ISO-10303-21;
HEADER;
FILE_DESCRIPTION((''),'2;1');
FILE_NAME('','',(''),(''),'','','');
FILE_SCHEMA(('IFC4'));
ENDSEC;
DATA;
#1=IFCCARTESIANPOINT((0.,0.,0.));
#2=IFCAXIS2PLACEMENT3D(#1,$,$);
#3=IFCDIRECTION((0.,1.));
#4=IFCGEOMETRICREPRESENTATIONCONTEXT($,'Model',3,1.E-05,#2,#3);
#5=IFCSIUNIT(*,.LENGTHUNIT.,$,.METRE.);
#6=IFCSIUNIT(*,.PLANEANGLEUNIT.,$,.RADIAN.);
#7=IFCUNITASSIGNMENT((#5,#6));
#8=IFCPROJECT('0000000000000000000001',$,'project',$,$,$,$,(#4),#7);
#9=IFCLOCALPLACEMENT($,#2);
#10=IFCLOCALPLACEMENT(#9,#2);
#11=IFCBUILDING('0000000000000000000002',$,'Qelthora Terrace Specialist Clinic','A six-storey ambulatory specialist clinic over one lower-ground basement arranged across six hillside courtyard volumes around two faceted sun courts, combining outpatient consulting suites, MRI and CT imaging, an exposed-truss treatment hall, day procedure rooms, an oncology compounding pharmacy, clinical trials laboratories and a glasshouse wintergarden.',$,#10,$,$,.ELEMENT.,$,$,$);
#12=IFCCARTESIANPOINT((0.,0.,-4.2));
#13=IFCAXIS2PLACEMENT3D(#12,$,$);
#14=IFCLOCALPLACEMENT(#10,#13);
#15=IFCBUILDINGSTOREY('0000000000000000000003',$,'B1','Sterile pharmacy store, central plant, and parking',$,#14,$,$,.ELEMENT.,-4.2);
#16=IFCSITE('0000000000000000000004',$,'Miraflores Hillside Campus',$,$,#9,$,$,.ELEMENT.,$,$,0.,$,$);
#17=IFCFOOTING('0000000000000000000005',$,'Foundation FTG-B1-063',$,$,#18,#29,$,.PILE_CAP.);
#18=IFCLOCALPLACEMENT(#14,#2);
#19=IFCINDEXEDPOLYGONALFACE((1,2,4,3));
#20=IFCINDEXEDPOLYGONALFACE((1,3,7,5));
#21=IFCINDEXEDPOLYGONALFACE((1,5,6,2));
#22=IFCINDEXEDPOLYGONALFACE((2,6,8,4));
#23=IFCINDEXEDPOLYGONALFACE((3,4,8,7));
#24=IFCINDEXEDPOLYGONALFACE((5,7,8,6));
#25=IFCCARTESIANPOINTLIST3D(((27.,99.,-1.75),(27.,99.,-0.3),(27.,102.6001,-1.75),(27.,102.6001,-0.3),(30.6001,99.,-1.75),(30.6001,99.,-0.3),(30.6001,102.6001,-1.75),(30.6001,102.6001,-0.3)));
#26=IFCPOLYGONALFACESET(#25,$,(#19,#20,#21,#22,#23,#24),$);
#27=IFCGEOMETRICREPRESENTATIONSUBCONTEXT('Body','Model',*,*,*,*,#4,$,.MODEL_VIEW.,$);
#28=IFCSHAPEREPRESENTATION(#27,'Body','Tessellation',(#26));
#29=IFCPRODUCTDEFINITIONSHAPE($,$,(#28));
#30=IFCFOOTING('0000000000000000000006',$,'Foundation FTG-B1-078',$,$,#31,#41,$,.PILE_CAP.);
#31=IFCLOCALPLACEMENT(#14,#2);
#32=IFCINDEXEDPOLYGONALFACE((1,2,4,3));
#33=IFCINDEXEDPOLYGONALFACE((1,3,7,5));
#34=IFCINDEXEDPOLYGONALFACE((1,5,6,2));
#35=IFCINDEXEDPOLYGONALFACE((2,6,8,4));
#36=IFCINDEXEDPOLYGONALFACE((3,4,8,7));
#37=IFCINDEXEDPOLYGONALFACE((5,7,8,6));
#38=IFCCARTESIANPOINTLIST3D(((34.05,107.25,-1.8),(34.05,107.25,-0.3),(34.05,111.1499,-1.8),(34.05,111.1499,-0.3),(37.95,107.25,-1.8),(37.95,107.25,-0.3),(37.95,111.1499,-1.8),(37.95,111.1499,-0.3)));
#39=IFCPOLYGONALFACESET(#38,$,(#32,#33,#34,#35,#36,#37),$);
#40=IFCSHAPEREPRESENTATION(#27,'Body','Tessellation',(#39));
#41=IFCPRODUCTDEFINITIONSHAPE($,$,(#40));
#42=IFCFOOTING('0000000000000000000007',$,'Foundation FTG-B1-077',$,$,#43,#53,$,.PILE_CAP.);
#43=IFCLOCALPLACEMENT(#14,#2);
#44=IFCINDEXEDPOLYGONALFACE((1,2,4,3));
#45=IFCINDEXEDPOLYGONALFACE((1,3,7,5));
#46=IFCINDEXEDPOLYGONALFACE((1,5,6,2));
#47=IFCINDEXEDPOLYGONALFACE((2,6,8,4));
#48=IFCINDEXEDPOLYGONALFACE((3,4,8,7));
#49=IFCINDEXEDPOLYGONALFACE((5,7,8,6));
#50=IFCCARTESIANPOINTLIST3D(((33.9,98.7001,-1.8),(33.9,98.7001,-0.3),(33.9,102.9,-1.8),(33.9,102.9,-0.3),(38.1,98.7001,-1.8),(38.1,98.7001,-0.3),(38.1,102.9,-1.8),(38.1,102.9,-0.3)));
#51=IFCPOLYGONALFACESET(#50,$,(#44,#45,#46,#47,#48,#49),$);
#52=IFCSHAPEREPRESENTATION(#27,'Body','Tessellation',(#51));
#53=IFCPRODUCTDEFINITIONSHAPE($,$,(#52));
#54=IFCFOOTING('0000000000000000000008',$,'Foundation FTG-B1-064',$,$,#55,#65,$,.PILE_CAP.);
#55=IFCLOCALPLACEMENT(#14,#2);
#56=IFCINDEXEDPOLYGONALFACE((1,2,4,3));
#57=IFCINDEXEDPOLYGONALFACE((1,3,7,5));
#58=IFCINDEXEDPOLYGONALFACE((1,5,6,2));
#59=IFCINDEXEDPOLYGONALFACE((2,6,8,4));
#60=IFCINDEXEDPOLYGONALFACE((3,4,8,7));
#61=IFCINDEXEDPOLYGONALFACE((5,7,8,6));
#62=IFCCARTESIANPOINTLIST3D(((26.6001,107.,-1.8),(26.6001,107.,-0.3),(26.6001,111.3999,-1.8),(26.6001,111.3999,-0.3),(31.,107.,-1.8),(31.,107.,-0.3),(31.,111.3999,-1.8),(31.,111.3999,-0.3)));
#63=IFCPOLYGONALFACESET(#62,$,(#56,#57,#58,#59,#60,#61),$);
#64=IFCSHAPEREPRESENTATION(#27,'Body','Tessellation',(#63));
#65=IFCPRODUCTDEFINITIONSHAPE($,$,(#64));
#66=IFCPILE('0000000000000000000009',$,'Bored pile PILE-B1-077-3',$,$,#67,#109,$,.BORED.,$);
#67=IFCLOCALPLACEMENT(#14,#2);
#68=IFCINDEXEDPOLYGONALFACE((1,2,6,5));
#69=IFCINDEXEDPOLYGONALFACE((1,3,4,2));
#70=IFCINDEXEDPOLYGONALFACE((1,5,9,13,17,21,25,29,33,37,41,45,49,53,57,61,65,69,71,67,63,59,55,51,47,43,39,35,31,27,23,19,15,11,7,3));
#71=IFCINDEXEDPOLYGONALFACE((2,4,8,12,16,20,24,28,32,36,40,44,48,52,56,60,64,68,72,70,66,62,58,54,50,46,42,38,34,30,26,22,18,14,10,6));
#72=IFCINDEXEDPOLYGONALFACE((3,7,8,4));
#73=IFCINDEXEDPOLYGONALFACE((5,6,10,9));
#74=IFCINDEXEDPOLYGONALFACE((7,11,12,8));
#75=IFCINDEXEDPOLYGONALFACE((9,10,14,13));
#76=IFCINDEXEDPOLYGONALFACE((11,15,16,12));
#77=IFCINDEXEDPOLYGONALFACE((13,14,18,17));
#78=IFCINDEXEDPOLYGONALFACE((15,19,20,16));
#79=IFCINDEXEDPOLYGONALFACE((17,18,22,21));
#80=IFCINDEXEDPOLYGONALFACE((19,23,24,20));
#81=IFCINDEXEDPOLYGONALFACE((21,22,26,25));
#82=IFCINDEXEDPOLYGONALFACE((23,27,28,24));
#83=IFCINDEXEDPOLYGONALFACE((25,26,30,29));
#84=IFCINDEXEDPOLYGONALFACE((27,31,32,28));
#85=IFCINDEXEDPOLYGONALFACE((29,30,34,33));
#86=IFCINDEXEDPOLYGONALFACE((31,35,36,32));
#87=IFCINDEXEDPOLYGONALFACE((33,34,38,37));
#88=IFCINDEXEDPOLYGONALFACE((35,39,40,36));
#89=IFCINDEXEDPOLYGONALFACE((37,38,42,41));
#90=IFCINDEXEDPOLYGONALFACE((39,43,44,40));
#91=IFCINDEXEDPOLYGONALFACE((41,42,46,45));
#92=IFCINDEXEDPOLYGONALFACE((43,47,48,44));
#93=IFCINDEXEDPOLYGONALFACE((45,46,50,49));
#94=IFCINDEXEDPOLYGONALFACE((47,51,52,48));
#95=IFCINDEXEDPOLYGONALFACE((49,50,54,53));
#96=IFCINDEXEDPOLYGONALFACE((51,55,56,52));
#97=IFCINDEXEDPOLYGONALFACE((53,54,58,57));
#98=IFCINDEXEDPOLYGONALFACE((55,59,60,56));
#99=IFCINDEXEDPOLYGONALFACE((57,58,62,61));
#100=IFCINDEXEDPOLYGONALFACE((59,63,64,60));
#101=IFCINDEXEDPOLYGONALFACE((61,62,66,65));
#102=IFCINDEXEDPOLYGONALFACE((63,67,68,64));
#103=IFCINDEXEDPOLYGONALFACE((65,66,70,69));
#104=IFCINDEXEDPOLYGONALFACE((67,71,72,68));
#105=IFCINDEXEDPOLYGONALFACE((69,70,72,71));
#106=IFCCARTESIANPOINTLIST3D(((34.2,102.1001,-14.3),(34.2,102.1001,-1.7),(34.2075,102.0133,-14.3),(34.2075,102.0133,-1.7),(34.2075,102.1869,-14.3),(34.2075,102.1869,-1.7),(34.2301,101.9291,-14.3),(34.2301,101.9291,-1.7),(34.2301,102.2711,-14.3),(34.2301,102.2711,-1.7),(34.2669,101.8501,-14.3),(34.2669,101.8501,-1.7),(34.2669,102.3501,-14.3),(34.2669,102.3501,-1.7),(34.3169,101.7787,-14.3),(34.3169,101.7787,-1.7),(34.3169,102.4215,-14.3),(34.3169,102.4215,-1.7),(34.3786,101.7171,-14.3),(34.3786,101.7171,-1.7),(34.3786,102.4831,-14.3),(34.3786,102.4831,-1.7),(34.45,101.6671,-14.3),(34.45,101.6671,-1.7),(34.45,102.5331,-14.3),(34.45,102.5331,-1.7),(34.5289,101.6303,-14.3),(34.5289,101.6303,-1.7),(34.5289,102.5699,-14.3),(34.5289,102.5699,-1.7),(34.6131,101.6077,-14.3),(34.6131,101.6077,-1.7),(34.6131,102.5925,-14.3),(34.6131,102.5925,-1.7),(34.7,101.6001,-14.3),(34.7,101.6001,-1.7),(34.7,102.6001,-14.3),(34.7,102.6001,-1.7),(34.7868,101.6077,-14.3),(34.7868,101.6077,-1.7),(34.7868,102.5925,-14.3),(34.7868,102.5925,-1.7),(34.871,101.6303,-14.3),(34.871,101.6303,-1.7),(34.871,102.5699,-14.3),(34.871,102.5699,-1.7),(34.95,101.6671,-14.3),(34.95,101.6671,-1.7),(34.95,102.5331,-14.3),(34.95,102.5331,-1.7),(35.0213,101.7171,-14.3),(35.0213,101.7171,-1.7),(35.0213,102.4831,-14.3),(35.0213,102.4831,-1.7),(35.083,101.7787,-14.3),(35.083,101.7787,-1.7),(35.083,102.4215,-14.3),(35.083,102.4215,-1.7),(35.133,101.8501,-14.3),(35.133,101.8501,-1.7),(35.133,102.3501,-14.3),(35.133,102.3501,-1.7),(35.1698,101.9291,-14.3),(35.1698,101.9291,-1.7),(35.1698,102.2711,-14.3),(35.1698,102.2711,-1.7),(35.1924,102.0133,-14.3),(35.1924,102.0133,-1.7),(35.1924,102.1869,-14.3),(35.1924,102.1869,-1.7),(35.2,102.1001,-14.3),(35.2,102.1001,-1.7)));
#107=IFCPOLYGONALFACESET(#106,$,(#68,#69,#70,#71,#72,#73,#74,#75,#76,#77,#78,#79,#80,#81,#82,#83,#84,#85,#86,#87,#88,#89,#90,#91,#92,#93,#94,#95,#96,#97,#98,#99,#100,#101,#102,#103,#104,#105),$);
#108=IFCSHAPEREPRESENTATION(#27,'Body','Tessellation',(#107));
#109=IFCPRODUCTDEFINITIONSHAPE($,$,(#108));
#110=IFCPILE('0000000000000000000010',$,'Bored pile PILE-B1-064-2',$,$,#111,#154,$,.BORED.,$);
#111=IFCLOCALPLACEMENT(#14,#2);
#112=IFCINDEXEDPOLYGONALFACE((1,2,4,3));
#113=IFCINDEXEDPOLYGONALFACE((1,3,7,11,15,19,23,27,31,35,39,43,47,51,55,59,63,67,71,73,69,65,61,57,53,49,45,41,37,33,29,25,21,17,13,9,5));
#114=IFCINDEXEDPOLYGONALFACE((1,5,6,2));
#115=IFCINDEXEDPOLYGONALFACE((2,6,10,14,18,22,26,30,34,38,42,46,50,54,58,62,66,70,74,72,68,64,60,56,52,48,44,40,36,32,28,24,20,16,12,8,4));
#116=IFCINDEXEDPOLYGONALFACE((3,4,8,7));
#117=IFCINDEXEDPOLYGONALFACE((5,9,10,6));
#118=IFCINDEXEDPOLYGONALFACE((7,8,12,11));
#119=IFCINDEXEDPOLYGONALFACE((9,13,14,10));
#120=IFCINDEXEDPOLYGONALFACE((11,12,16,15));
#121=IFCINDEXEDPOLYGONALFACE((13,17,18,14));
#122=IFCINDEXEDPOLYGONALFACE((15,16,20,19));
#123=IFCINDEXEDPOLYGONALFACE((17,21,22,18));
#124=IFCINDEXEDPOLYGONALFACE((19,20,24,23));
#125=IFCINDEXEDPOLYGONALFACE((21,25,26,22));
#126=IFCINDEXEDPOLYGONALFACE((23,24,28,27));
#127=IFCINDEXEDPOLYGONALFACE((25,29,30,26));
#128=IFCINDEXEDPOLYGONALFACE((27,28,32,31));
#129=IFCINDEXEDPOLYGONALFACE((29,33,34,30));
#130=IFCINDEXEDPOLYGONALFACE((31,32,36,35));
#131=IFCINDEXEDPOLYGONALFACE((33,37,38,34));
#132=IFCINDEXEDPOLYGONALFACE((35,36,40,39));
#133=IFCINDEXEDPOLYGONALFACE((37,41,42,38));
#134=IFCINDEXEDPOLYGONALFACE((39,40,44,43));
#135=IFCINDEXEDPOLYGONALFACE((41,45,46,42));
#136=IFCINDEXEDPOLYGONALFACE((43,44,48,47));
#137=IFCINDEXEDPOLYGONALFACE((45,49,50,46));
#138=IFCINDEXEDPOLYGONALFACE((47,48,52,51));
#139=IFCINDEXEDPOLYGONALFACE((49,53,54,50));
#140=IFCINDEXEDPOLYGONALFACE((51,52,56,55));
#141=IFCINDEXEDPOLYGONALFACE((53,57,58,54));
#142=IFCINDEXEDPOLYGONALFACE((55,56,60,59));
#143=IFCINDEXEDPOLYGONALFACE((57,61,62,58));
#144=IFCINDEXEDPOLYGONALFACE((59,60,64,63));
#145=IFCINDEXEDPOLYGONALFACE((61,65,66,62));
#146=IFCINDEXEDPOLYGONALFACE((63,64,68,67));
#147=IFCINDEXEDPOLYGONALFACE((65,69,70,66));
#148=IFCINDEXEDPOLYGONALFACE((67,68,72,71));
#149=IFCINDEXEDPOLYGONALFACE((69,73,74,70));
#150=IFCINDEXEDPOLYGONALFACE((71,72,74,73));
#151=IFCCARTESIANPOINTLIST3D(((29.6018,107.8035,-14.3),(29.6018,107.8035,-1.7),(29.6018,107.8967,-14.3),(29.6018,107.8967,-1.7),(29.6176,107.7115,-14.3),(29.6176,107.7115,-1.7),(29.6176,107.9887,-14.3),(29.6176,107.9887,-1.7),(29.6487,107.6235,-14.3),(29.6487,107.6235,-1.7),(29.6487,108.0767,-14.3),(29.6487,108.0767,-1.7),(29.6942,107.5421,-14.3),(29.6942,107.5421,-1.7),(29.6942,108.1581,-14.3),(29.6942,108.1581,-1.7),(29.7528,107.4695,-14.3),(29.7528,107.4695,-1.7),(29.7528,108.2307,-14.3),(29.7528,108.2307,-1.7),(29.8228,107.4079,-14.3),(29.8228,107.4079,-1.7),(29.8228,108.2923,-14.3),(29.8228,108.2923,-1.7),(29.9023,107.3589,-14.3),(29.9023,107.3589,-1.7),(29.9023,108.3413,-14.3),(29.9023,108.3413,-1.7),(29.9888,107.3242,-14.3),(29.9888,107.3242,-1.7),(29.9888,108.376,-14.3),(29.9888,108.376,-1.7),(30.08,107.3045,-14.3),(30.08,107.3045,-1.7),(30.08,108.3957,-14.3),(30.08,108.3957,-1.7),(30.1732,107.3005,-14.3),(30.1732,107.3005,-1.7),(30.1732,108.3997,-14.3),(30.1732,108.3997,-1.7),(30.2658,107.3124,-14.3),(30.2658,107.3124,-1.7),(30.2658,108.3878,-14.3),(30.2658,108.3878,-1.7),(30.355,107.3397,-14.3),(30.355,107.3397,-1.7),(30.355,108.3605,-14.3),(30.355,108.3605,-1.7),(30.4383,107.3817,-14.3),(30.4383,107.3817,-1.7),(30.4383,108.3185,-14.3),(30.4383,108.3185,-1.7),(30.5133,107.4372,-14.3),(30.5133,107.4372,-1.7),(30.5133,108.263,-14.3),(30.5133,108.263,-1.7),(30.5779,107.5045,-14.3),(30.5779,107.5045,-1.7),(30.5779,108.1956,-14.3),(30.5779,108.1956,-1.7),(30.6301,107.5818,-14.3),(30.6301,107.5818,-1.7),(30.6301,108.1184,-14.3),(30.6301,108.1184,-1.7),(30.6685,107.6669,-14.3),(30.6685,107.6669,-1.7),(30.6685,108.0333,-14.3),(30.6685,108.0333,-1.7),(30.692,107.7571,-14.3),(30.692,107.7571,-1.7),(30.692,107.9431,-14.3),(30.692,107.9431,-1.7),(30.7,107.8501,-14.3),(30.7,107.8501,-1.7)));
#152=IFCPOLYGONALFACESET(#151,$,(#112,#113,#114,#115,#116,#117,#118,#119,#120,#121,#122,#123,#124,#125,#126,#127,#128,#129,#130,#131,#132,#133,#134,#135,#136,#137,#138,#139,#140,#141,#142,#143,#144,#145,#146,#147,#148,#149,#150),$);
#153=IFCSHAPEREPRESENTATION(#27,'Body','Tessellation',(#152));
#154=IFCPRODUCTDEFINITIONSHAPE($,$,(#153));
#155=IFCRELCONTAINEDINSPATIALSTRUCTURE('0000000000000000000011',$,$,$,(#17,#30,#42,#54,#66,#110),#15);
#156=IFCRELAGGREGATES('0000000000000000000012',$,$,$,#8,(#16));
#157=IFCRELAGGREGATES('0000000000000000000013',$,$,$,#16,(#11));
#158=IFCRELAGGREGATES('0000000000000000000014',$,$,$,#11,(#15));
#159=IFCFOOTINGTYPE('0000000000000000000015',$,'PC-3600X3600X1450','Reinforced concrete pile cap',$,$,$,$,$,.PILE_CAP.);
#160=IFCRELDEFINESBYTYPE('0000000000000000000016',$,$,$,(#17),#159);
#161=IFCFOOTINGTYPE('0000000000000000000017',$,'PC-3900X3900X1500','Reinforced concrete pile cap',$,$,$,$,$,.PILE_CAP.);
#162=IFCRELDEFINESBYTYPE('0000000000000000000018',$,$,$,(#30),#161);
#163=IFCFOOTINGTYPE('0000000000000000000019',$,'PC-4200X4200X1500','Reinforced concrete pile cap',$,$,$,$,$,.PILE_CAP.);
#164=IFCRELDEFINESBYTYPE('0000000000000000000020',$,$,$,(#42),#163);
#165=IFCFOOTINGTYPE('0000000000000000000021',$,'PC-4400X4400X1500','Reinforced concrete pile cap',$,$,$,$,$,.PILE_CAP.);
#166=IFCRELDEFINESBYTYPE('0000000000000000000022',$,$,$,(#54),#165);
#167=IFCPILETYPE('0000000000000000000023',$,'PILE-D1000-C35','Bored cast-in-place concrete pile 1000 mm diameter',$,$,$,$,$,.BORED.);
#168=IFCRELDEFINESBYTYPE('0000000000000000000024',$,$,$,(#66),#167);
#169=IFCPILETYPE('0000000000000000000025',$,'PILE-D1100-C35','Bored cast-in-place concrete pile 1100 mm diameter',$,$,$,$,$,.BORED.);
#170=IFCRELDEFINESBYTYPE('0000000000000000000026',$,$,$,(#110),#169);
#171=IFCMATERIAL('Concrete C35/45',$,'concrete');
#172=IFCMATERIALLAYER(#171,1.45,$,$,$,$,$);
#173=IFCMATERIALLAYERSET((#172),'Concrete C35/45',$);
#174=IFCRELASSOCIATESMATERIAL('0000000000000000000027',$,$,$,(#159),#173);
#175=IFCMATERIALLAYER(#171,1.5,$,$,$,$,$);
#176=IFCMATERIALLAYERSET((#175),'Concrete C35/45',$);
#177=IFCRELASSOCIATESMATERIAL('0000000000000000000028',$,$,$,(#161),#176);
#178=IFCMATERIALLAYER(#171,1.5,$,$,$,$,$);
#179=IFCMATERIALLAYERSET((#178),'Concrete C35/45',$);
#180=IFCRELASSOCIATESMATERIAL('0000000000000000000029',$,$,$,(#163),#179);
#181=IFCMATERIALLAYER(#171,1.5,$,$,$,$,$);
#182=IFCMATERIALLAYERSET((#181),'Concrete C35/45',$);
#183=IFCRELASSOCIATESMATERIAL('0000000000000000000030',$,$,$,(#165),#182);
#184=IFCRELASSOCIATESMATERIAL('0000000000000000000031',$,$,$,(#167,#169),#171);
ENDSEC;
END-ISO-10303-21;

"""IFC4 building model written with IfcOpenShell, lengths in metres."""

from ifc_helpers import new_model, si_unit, direction, frame, origin, origin_2d, place, context, subcontext, project, spatial, rectangle, circle, extrude, material, layer, layer_set, material_profile, profile_set, type_object, element, save


model = new_model("IFC4")

# Units and contexts
model_context = context("Model", 3, precision=1e-05, world=origin(), true_north=direction((0.0, 1.0)))
body_context = subcontext(model_context, "Body", "Model", "MODEL_VIEW")
ifc_project = project(units=[si_unit("LENGTHUNIT", "METRE"), si_unit("PLANEANGLEUNIT", "RADIAN")], contexts=[model_context])

# Site, building, storey
site_placement = place(None, origin())
site = spatial("IfcSite", under=ifc_project, at=site_placement, Name="Miraflores Hillside Campus", CompositionType="ELEMENT", RefElevation=0.0)
building_placement = place(site_placement, origin())
building = spatial("IfcBuilding", under=site, at=building_placement, Name="Qelthora Terrace Specialist Clinic", Description="A six-storey ambulatory specialist clinic over one lower-ground basement arranged across six hillside courtyard volumes around two faceted sun courts, combining outpatient consulting suites, MRI and CT imaging, an exposed-truss treatment hall, day procedure rooms, an oncology compounding pharmacy, clinical trials laboratories and a glasshouse wintergarden.", CompositionType="ELEMENT")
storey_placement = place(building_placement, frame((0.0, 0.0, -4.2)))
storey = spatial("IfcBuildingStorey", under=building, at=storey_placement, Name="B1", Description="Sterile pharmacy store, central plant, and parking", CompositionType="ELEMENT", Elevation=-4.2)

# Footings
ifc_material_1 = material(Name="Concrete C35/45", Category="concrete")
ifc_layer_1 = layer(ifc_material_1, 1.45)
ifc_layer_set_1 = layer_set([ifc_layer_1], Name="Concrete C35/45")
footing_type_1 = type_object("IfcFootingType", Name="PC-3600X3600X1450", Description="Reinforced concrete pile cap", PredefinedType="PILE_CAP", material=ifc_layer_set_1)
footing_1_placement = place(storey_placement, frame((28.8, 100.8, -1.75), z_axis=(0.0, 0.0, 1.0), x_axis=(1.0, 0.0, 0.0)))
element("IfcFooting", 1, at=footing_1_placement, inside=storey, type_object=footing_type_1, Name="Foundation FTG-B1-063", PredefinedType="PILE_CAP", context=body_context, shape_type="SweptSolid", body=[
    extrude(rectangle(XDim=3.6001, YDim=3.6001, at=origin_2d()), origin(), (0.0, 0.0, 1.0), 1.45),
])
ifc_layer_2 = layer(ifc_material_1, 1.5)
ifc_layer_set_2 = layer_set([ifc_layer_2], Name="Concrete C35/45")
footing_type_2 = type_object("IfcFootingType", Name="PC-3900X3900X1500", Description="Reinforced concrete pile cap", PredefinedType="PILE_CAP", material=ifc_layer_set_2)
footing_2_placement = place(storey_placement, frame((36.0, 109.2, -1.8), z_axis=(0.0, 0.0, 1.0), x_axis=(1.0, 0.0, 0.0)))
element("IfcFooting", 2, at=footing_2_placement, inside=storey, type_object=footing_type_2, Name="Foundation FTG-B1-078", PredefinedType="PILE_CAP", context=body_context, shape_type="SweptSolid", body=[
    extrude(rectangle(XDim=3.8999, YDim=3.8999, at=origin_2d()), origin(), (0.0, 0.0, 1.0), 1.5),
])
ifc_layer_3 = layer(ifc_material_1, 1.5)
ifc_layer_set_3 = layer_set([ifc_layer_3], Name="Concrete C35/45")
footing_type_3 = type_object("IfcFootingType", Name="PC-4200X4200X1500", Description="Reinforced concrete pile cap", PredefinedType="PILE_CAP", material=ifc_layer_set_3)
footing_3_placement = place(storey_placement, frame((36.0, 100.8, -1.8), z_axis=(0.0, 0.0, 1.0), x_axis=(1.0, 0.0, 0.0)))
element("IfcFooting", 3, at=footing_3_placement, inside=storey, type_object=footing_type_3, Name="Foundation FTG-B1-077", PredefinedType="PILE_CAP", context=body_context, shape_type="SweptSolid", body=[
    extrude(rectangle(XDim=4.2, YDim=4.2, at=origin_2d()), origin(), (0.0, 0.0, 1.0), 1.5),
])
ifc_layer_4 = layer(ifc_material_1, 1.5)
ifc_layer_set_4 = layer_set([ifc_layer_4], Name="Concrete C35/45")
footing_type_4 = type_object("IfcFootingType", Name="PC-4400X4400X1500", Description="Reinforced concrete pile cap", PredefinedType="PILE_CAP", material=ifc_layer_set_4)
footing_4_placement = place(storey_placement, frame((28.8, 109.2, -1.8), z_axis=(0.0, 0.0, 1.0), x_axis=(1.0, 0.0, 0.0)))
element("IfcFooting", 4, at=footing_4_placement, inside=storey, type_object=footing_type_4, Name="Foundation FTG-B1-064", PredefinedType="PILE_CAP", context=body_context, shape_type="SweptSolid", body=[
    extrude(rectangle(XDim=4.3999, YDim=4.3999, at=origin_2d()), origin(), (0.0, 0.0, 1.0), 1.5),
])

# Piles
ifc_material_profile_1 = material_profile(ifc_material_1, circle(Radius=0.5, at=origin_2d()), Name="PILE1000")
ifc_profile_set_1 = profile_set([ifc_material_profile_1], Name="Concrete C35/45")
pile_type_1 = type_object("IfcPileType", Name="PILE-D1000-C35", Description="Bored cast-in-place concrete pile 1000 mm diameter", PredefinedType="BORED", material=ifc_profile_set_1)
pile_1_placement = place(storey_placement, frame((34.7, 102.1001, -1.7), z_axis=(0.0, 0.0, -1.0), x_axis=(1.0, 0.0, 0.0)))
element("IfcPile", 5, at=pile_1_placement, inside=storey, type_object=pile_type_1, Name="Bored pile PILE-B1-077-3", PredefinedType="BORED", context=body_context, shape_type="SweptSolid", body=[
    extrude(circle(Radius=0.5, at=origin_2d()), origin(), (0.0, 0.0, 1.0), 12.6001),
])
ifc_material_profile_2 = material_profile(ifc_material_1, circle(Radius=0.55, at=origin_2d()), Name="PILE1100")
ifc_profile_set_2 = profile_set([ifc_material_profile_2], Name="Concrete C35/45")
pile_type_2 = type_object("IfcPileType", Name="PILE-D1100-C35", Description="Bored cast-in-place concrete pile 1100 mm diameter", PredefinedType="BORED", material=ifc_profile_set_2)
for number, where, z_axis, x_axis, name in (
    (6, (30.1499, 107.8501, -1.7), (0.0, 0.0, -1.0), (1.0, 0.0, 0.0), "Bored pile PILE-B1-064-2"),
):
    element("IfcPile", number, at=place(storey_placement, frame(where, z_axis=z_axis, x_axis=x_axis)), inside=storey, type_object=pile_type_2, Name=name, PredefinedType="BORED", context=body_context, shape_type="SweptSolid", body=[
        extrude(circle(Radius=0.55, at=origin_2d()), origin(), (0.0, 0.0, 1.0), 12.6001),
    ])

save(model, "model.ifc")
